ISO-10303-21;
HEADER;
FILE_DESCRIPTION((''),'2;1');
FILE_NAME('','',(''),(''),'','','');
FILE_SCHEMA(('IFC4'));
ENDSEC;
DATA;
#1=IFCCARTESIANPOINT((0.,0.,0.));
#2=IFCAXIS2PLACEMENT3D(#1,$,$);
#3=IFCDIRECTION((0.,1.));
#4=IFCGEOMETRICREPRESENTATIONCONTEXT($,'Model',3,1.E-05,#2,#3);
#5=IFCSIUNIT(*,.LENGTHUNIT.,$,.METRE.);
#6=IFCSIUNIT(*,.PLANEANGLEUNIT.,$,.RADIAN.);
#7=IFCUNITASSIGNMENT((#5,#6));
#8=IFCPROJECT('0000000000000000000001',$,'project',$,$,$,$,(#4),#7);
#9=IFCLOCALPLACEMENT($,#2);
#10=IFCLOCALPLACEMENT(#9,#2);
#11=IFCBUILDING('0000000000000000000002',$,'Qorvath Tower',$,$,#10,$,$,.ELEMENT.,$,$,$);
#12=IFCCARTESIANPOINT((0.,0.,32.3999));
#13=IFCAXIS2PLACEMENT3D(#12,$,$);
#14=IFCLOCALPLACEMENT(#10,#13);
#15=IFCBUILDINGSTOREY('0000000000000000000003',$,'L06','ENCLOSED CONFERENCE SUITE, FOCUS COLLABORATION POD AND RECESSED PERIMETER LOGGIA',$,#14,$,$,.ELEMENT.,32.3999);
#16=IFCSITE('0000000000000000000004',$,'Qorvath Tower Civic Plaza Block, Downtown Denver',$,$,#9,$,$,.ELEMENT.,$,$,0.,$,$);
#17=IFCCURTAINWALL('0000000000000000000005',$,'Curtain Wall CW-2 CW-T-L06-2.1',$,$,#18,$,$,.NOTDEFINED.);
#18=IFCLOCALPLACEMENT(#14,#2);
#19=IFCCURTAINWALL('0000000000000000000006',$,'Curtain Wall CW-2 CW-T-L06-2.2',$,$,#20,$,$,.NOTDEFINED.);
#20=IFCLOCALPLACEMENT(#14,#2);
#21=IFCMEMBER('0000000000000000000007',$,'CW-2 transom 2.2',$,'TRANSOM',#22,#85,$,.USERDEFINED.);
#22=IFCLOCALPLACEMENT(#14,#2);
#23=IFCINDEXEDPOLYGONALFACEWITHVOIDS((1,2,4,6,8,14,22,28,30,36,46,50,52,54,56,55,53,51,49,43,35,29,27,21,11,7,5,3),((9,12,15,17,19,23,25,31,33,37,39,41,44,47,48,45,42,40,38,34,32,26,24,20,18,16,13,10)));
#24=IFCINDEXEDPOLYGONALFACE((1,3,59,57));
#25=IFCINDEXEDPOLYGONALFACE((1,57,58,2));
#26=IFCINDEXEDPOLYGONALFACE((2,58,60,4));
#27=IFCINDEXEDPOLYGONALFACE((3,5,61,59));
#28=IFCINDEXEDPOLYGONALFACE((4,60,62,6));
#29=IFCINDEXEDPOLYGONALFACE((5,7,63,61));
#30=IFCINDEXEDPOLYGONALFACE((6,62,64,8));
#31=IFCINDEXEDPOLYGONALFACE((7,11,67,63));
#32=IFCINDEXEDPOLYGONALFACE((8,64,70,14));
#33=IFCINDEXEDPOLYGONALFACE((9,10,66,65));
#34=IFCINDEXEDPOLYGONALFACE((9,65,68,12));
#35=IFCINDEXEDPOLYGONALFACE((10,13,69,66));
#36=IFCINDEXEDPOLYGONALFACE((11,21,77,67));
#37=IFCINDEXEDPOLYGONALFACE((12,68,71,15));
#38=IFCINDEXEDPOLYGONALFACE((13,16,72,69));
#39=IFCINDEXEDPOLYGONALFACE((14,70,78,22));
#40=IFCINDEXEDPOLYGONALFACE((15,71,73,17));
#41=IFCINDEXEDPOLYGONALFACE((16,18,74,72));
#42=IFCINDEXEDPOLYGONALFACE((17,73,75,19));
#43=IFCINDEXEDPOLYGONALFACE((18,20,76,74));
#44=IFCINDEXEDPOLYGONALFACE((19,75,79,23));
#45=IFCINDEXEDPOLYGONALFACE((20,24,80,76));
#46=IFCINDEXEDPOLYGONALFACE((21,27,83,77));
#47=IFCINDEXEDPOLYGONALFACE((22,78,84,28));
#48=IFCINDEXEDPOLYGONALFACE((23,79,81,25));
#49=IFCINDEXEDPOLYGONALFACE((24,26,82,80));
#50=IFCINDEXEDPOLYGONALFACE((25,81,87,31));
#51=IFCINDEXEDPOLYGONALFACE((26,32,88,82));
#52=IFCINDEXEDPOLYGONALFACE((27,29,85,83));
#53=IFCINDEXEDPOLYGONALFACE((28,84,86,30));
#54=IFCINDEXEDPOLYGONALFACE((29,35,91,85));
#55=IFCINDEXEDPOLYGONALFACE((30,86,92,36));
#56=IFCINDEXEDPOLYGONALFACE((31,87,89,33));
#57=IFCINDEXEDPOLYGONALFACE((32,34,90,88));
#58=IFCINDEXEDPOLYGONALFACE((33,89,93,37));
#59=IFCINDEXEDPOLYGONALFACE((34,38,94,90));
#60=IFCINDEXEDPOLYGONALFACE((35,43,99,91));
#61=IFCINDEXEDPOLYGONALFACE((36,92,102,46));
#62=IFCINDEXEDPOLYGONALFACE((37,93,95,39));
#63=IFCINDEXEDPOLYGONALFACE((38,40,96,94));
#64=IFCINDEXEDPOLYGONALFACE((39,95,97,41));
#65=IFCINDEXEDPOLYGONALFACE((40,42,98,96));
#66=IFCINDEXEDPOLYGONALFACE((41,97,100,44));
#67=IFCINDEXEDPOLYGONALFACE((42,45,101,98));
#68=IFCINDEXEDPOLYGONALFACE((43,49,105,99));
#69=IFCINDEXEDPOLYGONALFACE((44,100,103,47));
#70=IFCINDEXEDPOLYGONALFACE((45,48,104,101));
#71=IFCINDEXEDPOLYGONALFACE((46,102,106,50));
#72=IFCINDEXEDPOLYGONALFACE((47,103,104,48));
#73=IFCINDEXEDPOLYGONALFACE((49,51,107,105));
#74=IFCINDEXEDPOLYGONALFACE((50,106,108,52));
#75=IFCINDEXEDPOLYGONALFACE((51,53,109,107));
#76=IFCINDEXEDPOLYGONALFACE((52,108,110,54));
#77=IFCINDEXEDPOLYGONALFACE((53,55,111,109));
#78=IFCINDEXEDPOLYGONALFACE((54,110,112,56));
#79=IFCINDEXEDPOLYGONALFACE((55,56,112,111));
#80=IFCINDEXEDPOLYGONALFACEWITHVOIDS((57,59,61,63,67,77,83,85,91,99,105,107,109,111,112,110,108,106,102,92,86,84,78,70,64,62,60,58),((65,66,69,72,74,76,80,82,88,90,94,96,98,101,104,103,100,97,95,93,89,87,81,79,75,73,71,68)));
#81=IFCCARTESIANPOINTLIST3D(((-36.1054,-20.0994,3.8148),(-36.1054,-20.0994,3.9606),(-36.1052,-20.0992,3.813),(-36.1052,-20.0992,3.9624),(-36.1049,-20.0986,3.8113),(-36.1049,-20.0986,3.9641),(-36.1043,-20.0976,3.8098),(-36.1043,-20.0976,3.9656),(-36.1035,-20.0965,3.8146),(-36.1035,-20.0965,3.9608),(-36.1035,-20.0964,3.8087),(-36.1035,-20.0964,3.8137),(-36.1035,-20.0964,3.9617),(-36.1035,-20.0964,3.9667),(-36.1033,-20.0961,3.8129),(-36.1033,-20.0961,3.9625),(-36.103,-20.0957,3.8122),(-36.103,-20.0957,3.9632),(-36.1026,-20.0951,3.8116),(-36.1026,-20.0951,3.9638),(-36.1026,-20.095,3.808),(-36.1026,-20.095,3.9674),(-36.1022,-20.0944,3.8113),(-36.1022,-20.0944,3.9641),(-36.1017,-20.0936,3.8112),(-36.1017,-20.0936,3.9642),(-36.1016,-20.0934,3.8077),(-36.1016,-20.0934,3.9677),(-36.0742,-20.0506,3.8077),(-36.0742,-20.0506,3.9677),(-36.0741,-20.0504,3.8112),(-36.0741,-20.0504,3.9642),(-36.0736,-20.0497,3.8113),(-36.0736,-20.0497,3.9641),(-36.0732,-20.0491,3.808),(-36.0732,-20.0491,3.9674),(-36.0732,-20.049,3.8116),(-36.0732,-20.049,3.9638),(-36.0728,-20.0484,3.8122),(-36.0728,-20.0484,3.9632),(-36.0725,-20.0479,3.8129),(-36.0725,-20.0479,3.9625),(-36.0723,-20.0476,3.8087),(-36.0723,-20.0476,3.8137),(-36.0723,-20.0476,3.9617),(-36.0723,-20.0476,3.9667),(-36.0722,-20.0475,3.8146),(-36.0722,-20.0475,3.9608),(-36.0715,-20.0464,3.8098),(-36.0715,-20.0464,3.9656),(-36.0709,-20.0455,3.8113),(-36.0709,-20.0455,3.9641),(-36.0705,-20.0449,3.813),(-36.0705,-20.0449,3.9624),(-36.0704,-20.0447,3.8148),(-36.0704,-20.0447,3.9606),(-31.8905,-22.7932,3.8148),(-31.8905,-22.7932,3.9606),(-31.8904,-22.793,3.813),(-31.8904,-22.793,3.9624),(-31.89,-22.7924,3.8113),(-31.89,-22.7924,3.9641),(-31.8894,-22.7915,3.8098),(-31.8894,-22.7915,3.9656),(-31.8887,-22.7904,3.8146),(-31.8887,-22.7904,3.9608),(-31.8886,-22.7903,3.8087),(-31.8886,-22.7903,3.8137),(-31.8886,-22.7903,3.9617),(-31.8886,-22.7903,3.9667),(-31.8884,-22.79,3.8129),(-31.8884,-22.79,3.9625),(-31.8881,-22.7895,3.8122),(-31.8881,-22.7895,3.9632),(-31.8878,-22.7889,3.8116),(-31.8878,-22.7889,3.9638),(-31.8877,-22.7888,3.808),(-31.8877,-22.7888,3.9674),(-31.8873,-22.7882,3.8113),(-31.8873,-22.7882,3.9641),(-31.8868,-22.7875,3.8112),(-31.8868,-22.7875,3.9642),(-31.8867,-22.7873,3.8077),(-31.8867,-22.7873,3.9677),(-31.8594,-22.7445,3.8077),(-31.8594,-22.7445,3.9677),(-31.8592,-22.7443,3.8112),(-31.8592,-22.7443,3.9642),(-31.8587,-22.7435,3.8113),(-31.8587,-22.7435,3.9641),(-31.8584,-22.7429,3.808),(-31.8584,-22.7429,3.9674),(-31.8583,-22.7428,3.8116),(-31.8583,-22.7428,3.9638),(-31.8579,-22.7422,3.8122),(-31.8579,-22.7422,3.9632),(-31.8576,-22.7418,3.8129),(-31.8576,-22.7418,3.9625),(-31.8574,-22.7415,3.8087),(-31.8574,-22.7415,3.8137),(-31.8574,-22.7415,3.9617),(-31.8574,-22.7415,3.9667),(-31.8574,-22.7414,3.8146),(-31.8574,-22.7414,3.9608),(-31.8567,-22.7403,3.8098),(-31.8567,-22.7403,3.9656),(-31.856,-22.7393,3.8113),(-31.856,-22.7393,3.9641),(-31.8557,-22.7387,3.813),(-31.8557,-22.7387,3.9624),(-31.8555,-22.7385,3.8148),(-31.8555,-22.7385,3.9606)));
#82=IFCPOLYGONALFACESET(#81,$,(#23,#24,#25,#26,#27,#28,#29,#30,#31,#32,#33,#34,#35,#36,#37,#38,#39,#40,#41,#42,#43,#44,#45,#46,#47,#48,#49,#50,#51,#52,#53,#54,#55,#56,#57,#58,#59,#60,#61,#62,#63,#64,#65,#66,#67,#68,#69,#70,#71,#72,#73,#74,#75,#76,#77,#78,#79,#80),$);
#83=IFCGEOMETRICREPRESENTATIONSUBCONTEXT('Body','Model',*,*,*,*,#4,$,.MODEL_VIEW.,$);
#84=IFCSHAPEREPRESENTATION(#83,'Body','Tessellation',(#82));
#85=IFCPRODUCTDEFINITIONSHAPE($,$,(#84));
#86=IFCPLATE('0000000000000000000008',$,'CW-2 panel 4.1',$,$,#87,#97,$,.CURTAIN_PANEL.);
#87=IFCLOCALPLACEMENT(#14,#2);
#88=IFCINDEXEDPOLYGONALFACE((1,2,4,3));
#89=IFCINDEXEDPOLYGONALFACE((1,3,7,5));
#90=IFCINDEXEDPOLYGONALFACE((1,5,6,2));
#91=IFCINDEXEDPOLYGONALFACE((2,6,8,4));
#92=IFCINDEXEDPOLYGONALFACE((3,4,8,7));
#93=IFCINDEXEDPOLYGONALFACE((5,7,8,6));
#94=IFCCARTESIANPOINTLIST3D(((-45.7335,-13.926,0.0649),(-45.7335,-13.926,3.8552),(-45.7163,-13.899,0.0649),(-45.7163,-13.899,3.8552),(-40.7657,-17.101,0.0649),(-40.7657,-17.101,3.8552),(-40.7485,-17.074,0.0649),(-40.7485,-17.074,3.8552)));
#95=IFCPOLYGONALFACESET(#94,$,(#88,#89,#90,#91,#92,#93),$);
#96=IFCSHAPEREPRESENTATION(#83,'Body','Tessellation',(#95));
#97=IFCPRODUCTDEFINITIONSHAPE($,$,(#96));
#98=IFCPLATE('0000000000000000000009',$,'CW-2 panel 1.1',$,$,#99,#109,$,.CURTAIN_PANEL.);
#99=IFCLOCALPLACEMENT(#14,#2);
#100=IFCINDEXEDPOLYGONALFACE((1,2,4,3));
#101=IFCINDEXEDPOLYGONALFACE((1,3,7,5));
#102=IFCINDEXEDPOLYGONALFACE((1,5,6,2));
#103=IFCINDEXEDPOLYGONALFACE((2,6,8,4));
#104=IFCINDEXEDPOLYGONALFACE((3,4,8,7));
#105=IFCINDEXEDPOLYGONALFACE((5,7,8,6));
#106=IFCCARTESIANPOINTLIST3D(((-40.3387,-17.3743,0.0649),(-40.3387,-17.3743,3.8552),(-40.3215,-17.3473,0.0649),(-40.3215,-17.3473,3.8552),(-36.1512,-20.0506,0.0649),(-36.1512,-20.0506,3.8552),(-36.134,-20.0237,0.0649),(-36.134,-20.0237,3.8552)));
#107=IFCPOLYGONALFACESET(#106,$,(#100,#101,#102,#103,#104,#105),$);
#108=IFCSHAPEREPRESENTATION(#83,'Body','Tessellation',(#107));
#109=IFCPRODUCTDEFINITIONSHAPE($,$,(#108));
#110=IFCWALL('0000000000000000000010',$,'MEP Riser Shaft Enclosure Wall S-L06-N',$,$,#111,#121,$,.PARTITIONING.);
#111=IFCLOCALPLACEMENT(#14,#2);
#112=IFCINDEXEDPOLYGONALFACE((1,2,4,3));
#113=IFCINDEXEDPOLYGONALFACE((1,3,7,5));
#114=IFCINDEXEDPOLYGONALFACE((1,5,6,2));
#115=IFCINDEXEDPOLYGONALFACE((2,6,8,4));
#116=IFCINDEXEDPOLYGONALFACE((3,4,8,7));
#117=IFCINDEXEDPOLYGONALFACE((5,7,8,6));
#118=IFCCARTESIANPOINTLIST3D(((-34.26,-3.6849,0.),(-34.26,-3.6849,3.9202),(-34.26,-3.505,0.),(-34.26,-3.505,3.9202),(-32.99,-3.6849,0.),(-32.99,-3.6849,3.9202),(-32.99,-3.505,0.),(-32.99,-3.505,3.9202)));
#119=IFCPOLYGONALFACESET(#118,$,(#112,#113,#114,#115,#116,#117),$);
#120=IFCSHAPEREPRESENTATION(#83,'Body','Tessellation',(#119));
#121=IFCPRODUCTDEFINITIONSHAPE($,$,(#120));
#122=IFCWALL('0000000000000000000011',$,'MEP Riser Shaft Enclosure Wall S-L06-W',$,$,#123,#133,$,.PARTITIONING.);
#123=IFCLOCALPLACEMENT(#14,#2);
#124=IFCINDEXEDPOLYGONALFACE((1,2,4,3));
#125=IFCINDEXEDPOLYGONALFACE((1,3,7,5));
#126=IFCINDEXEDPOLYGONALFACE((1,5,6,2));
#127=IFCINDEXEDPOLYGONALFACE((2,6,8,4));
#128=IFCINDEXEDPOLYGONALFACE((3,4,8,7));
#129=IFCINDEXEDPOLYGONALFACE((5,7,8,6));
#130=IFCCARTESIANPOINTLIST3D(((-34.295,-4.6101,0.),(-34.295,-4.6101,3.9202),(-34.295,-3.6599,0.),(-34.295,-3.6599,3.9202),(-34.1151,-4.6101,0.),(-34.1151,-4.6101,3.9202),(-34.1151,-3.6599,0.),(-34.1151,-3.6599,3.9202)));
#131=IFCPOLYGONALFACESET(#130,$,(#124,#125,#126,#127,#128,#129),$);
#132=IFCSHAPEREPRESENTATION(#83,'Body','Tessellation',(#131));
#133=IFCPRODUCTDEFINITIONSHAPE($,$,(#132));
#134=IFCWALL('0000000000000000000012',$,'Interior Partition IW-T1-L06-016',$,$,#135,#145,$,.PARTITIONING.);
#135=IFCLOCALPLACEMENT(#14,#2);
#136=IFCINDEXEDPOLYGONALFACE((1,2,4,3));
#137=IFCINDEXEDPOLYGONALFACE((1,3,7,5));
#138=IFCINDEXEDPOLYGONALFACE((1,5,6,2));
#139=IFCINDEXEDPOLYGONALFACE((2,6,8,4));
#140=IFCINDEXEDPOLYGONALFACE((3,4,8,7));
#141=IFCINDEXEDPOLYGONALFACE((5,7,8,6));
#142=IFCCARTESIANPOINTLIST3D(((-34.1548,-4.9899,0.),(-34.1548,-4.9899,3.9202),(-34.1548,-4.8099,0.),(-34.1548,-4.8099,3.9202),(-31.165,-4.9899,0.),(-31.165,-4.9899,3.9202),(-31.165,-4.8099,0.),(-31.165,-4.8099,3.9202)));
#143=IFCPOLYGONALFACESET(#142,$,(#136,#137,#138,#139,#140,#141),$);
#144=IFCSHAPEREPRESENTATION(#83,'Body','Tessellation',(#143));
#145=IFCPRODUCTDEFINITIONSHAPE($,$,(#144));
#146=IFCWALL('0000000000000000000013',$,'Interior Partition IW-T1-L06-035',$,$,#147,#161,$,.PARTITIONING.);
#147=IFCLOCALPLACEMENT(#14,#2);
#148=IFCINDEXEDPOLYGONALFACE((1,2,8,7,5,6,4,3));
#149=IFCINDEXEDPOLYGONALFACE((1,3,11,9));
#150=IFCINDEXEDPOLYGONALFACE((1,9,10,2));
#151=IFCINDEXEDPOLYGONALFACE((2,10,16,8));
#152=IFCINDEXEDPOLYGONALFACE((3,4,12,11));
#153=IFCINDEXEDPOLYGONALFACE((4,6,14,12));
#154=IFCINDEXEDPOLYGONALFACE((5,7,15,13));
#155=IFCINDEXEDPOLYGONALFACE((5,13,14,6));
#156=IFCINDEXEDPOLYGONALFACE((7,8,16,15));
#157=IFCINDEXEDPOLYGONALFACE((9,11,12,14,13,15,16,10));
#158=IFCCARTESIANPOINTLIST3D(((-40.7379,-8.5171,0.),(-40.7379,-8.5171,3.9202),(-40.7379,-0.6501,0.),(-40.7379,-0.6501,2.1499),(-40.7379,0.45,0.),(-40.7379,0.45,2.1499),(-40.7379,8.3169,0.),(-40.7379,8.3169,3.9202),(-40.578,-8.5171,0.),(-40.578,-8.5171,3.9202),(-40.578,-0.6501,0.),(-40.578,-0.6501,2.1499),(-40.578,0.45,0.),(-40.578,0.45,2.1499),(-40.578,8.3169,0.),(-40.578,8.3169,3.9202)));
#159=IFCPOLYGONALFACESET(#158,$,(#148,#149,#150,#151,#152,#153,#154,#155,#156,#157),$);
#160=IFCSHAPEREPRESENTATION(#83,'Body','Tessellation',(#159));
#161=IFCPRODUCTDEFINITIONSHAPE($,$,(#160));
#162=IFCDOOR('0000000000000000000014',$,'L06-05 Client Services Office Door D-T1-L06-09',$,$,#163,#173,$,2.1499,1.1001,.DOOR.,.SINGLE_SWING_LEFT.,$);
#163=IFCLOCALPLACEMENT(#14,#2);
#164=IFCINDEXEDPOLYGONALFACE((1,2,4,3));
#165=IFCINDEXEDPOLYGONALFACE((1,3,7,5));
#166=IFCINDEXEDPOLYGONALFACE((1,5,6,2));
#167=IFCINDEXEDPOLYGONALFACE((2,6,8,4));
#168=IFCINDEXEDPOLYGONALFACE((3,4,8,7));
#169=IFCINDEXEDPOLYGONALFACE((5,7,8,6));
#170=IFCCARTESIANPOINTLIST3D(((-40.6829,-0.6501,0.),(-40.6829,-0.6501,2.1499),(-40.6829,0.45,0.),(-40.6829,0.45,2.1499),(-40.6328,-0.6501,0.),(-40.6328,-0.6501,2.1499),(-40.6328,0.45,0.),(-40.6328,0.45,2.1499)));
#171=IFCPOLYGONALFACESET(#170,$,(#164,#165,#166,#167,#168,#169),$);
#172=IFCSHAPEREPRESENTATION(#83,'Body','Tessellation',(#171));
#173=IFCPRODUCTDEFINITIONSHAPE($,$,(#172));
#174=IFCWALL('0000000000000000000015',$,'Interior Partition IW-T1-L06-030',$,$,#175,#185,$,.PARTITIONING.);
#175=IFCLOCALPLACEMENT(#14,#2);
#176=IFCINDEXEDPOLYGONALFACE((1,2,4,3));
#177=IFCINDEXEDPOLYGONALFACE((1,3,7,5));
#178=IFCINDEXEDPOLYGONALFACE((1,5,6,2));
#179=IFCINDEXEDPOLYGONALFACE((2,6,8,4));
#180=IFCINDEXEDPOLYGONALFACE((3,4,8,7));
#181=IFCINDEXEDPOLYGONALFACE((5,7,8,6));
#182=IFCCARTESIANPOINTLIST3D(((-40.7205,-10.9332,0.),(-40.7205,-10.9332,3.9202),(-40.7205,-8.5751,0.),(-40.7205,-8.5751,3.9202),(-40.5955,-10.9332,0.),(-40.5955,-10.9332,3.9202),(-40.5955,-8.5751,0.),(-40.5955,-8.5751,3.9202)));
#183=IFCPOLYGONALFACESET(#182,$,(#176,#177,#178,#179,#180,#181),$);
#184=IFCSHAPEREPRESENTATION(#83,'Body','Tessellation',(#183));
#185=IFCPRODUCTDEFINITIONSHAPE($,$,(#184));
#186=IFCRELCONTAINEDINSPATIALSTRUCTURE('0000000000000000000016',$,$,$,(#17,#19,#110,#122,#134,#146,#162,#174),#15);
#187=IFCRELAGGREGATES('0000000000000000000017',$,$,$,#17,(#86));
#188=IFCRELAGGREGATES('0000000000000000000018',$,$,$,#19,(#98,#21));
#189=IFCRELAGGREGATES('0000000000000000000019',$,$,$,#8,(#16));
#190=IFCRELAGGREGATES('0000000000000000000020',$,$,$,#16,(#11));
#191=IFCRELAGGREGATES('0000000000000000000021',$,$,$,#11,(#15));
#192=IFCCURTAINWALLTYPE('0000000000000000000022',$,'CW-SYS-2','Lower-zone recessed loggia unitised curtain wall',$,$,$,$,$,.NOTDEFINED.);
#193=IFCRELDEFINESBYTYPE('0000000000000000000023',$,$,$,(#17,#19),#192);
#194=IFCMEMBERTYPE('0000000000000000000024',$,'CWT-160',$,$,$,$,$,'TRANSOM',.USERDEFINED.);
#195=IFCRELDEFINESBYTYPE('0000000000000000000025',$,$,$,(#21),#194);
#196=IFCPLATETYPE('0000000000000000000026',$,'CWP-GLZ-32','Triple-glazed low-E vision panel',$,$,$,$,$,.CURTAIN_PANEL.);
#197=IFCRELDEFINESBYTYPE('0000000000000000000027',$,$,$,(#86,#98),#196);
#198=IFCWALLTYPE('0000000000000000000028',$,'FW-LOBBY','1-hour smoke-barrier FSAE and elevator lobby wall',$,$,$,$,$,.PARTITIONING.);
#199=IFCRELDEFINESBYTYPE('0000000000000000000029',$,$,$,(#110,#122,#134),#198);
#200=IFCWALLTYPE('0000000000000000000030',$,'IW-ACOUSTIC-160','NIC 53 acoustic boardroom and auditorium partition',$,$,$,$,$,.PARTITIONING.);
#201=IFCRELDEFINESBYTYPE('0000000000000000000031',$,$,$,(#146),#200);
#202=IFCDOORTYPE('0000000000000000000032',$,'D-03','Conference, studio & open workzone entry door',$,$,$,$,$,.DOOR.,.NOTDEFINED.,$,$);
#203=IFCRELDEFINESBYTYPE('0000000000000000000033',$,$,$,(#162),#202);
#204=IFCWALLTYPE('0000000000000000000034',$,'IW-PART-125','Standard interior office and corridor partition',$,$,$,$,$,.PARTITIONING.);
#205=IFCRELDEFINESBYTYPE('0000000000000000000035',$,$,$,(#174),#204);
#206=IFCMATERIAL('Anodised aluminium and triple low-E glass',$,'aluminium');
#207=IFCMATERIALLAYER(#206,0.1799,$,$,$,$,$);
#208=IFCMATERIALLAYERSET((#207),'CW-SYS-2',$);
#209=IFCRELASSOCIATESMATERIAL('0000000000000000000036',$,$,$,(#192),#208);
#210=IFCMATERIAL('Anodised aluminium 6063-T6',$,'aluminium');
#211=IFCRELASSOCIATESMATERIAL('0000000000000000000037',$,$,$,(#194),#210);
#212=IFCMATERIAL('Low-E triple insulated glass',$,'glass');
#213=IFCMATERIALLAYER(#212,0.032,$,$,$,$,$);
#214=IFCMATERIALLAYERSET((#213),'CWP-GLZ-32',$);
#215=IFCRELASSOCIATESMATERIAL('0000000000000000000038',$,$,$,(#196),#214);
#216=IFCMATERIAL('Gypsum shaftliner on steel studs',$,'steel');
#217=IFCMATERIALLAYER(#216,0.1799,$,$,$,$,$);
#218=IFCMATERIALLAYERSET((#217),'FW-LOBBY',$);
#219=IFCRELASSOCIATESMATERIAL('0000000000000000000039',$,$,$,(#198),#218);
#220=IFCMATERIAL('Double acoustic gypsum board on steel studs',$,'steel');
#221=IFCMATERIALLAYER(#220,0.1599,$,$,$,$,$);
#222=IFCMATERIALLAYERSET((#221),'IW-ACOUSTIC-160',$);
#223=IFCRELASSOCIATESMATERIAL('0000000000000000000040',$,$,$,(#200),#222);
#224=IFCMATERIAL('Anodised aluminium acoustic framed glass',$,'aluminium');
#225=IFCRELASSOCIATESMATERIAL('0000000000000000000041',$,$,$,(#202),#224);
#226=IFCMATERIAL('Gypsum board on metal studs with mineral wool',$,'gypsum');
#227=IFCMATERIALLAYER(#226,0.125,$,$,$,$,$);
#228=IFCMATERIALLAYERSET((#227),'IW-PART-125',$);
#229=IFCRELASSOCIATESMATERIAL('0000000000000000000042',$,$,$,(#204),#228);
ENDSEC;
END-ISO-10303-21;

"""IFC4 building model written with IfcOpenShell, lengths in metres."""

from ifc_helpers import new_model, si_unit, direction, frame, frame_2d, origin, origin_2d, place, context, subcontext, project, spatial, rectangle, hollow_rectangle, extrude, material, layer, layer_set, material_profile, profile_set, type_object, element, fill, aggregate, save


model = new_model("IFC4")

# Units and contexts
model_context = context("Model", 3, precision=1e-05, world=origin(), true_north=direction((0.0, 1.0)))
body_context = subcontext(model_context, "Body", "Model", "MODEL_VIEW")
ifc_project = project(units=[si_unit("LENGTHUNIT", "METRE"), si_unit("PLANEANGLEUNIT", "RADIAN")], contexts=[model_context])

# Site, building, storey
site_placement = place(None, origin())
site = spatial("IfcSite", under=ifc_project, at=site_placement, Name="Qorvath Tower Civic Plaza Block, Downtown Denver", CompositionType="ELEMENT", RefElevation=0.0)
building_placement = place(site_placement, origin())
building = spatial("IfcBuilding", under=site, at=building_placement, Name="Qorvath Tower", CompositionType="ELEMENT")
storey_placement = place(building_placement, frame((0.0, 0.0, 32.3999)))
storey = spatial("IfcBuildingStorey", under=building, at=storey_placement, Name="L06", Description="ENCLOSED CONFERENCE SUITE, FOCUS COLLABORATION POD AND RECESSED PERIMETER LOGGIA", CompositionType="ELEMENT", Elevation=32.3999)

# Curtain wall
ifc_material_1 = material(Name="Anodised aluminium and triple low-E glass", Category="aluminium")
ifc_layer_1 = layer(ifc_material_1, 0.1799)
ifc_layer_set_1 = layer_set([ifc_layer_1], Name="CW-SYS-2")
curtain_wall_type = type_object("IfcCurtainWallType", Name="CW-SYS-2", Description="Lower-zone recessed loggia unitised curtain wall", PredefinedType="NOTDEFINED", material=ifc_layer_set_1)
curtain_wall_1_placement = place(storey_placement, origin())
curtain_wall_1 = element("IfcCurtainWall", 1, at=curtain_wall_1_placement, inside=storey, type_object=curtain_wall_type, Name="Curtain Wall CW-2 CW-T-L06-2.1", PredefinedType="NOTDEFINED")

# Curtain wall, member
curtain_wall_2_placement = place(storey_placement, origin())
curtain_wall_2 = element("IfcCurtainWall", 2, at=curtain_wall_2_placement, inside=storey, type_object=curtain_wall_type, Name="Curtain Wall CW-2 CW-T-L06-2.2", PredefinedType="NOTDEFINED")
ifc_material_2 = material(Name="Anodised aluminium 6063-T6", Category="aluminium")
ifc_material_profile_1 = material_profile(ifc_material_2, hollow_rectangle(XDim=0.0649, YDim=0.1599, WallThickness=0.0034, InnerFilletRadius=0.0034, OuterFilletRadius=0.0071, at=origin_2d()), Name="CWT 160x65")
ifc_profile_set_1 = profile_set([ifc_material_profile_1], Name="Anodised aluminium 6063-T6")
member_type_1 = type_object("IfcMemberType", Name="CWT-160", ElementType="TRANSOM", PredefinedType="USERDEFINED", material=ifc_profile_set_1)
member_1_placement = place(storey_placement, frame((-36.0879, -20.072, 3.8877), z_axis=(0.842603, -0.538536, 0.0), x_axis=(0.538536, 0.842603, 0.0)))
member_1 = element("IfcMember", 3, at=member_1_placement, type_object=member_type_1, Name="CW-2 transom 2.2", ObjectType="TRANSOM", PredefinedType="USERDEFINED", context=body_context, shape_type="SweptSolid", body=[
    extrude(hollow_rectangle(XDim=0.0649, YDim=0.1599, WallThickness=0.0034, InnerFilletRadius=0.0034, OuterFilletRadius=0.0071, at=origin_2d()), origin(), (0.0, 0.0, 1.0), 5.0022),
])

# Plates
ifc_material_3 = material(Name="Low-E triple insulated glass", Category="glass")
ifc_layer_2 = layer(ifc_material_3, 0.032)
ifc_layer_set_2 = layer_set([ifc_layer_2], Name="CWP-GLZ-32")
plate_type = type_object("IfcPlateType", Name="CWP-GLZ-32", Description="Triple-glazed low-E vision panel", PredefinedType="CURTAIN_PANEL", material=ifc_layer_set_2)
plate_1_placement = place(storey_placement, frame((-43.241, -15.5, 0.0649), z_axis=(0.0, 0.0, 1.0), x_axis=(0.842607, -0.538529, 0.0)))
plate_1 = element("IfcPlate", 4, at=plate_1_placement, type_object=plate_type, Name="CW-2 panel 4.1", PredefinedType="CURTAIN_PANEL", context=body_context, shape_type="SweptSolid", body=[
    extrude(rectangle(XDim=5.8958, YDim=0.032, at=origin_2d()), origin(), (0.0, 0.0, 1.0), 3.7903),
])
aggregate(curtain_wall_1, [plate_1])
plate_2_placement = place(storey_placement, frame((-38.2363, -18.699, 0.0649), z_axis=(0.0, 0.0, 1.0), x_axis=(0.842605, -0.538533, 0.0)))
plate_2 = element("IfcPlate", 5, at=plate_2_placement, type_object=plate_type, Name="CW-2 panel 1.1", PredefinedType="CURTAIN_PANEL", context=body_context, shape_type="SweptSolid", body=[
    extrude(rectangle(XDim=4.9697, YDim=0.032, at=origin_2d()), origin(), (0.0, 0.0, 1.0), 3.7903),
])
aggregate(curtain_wall_2, [plate_2, member_1])

# Walls
ifc_material_4 = material(Name="Gypsum shaftliner on steel studs", Category="steel")
ifc_layer_3 = layer(ifc_material_4, 0.1799)
ifc_layer_set_3 = layer_set([ifc_layer_3], Name="FW-LOBBY")
wall_type_1 = type_object("IfcWallType", Name="FW-LOBBY", Description="1-hour smoke-barrier FSAE and elevator lobby wall", PredefinedType="PARTITIONING", material=ifc_layer_set_3)
wall_1_placement = place(storey_placement, frame((-34.26, -3.595, 0.0), z_axis=(0.0, 0.0, 1.0), x_axis=(1.0, 0.0, 0.0)))
element("IfcWall", 6, at=wall_1_placement, inside=storey, type_object=wall_type_1, Name="MEP Riser Shaft Enclosure Wall S-L06-N", PredefinedType="PARTITIONING", context=body_context, shape_type="SweptSolid", body=[
    extrude(rectangle(XDim=1.27, YDim=0.1799, at=frame_2d((0.635, 0.0))), origin(), (0.0, 0.0, 1.0), 3.9202),
])
wall_2_placement = place(storey_placement, frame((-34.2051, -4.6101, 0.0), z_axis=(0.0, 0.0, 1.0), x_axis=(0.0, 1.0, 0.0)))
element("IfcWall", 7, at=wall_2_placement, inside=storey, type_object=wall_type_1, Name="MEP Riser Shaft Enclosure Wall S-L06-W", PredefinedType="PARTITIONING", context=body_context, shape_type="SweptSolid", body=[
    extrude(rectangle(XDim=0.9502, YDim=0.1799, at=frame_2d((0.4751, 0.0))), origin(), (0.0, 0.0, 1.0), 3.9202),
])
wall_3_placement = place(storey_placement, frame((-34.1548, -4.8999, 0.0), z_axis=(0.0, 0.0, 1.0), x_axis=(1.0, 0.0, 0.0)))
element("IfcWall", 8, at=wall_3_placement, inside=storey, type_object=wall_type_1, Name="Interior Partition IW-T1-L06-016", PredefinedType="PARTITIONING", context=body_context, shape_type="SweptSolid", body=[
    extrude(rectangle(XDim=2.9897, YDim=0.1799, at=frame_2d((1.4949, 0.0))), origin(), (0.0, 0.0, 1.0), 3.9202),
])

# Wall, opening, door
ifc_material_5 = material(Name="Double acoustic gypsum board on steel studs", Category="steel")
ifc_layer_4 = layer(ifc_material_5, 0.1599)
ifc_layer_set_4 = layer_set([ifc_layer_4], Name="IW-ACOUSTIC-160")
wall_type_2 = type_object("IfcWallType", Name="IW-ACOUSTIC-160", Description="NIC 53 acoustic boardroom and auditorium partition", PredefinedType="PARTITIONING", material=ifc_layer_set_4)
wall_4_placement = place(storey_placement, frame((-40.658, -8.5171, 0.0), z_axis=(0.0, 0.0, 1.0), x_axis=(0.0, 1.0, 0.0)))
wall_4 = element("IfcWall", 9, at=wall_4_placement, inside=storey, type_object=wall_type_2, Name="Interior Partition IW-T1-L06-035", PredefinedType="PARTITIONING", context=body_context, shape_type="SweptSolid", body=[
    extrude(rectangle(XDim=16.834, YDim=0.1599, at=frame_2d((8.417, 0.0))), origin(), (0.0, 0.0, 1.0), 3.9202),
])
opening_1_placement = place(wall_4_placement, frame((7.8669, 0.0, 0.0)))
opening_1 = element("IfcOpeningElement", 10, at=opening_1_placement, cuts=wall_4, PredefinedType="OPENING", context=body_context, shape_type="SweptSolid", body=[
    extrude(rectangle(XDim=1.1001, YDim=2.1499, at=frame_2d((0.55, 1.075))), frame((0.0, 0.0898, 0.0), z_axis=(0.0, -1.0, 0.0), x_axis=(1.0, 0.0, 0.0)), (0.0, 0.0, 1.0), 0.1799),
])
ifc_material_6 = material(Name="Anodised aluminium acoustic framed glass", Category="aluminium")
door_type_1 = type_object("IfcDoorType", Name="D-03", Description="Conference, studio & open workzone entry door", OperationType="NOTDEFINED", PredefinedType="DOOR", material=ifc_material_6)
door_1_placement = place(opening_1_placement, origin())
door_1 = element("IfcDoor", 11, at=door_1_placement, inside=storey, type_object=door_type_1, Name="L06-05 Client Services Office Door D-T1-L06-09", OperationType="SINGLE_SWING_LEFT", OverallHeight=2.1499, OverallWidth=1.1001, PredefinedType="DOOR", context=body_context, shape_type="SweptSolid", body=[
    extrude(rectangle(XDim=1.1001, YDim=2.1499, at=frame_2d((0.55, 1.075))), frame((0.0, 0.0249, 0.0), z_axis=(0.0, -1.0, 0.0), x_axis=(1.0, 0.0, 0.0)), (0.0, 0.0, 1.0), 0.05),
])
fill(opening_1, door_1)

# Wall
ifc_material_7 = material(Name="Gypsum board on metal studs with mineral wool", Category="gypsum")
ifc_layer_5 = layer(ifc_material_7, 0.125)
ifc_layer_set_5 = layer_set([ifc_layer_5], Name="IW-PART-125")
wall_type_3 = type_object("IfcWallType", Name="IW-PART-125", Description="Standard interior office and corridor partition", PredefinedType="PARTITIONING", material=ifc_layer_set_5)
wall_5_placement = place(storey_placement, frame((-40.658, -8.575, 0.0), z_axis=(0.0, 0.0, 1.0), x_axis=(0.0, -1.0, 0.0)))
element("IfcWall", 12, at=wall_5_placement, inside=storey, type_object=wall_type_3, Name="Interior Partition IW-T1-L06-030", PredefinedType="PARTITIONING", context=body_context, shape_type="SweptSolid", body=[
    extrude(rectangle(XDim=2.3582, YDim=0.125, at=frame_2d((1.1792, 0.0))), origin(), (0.0, 0.0, 1.0), 3.9202),
])

save(model, "model.ifc")
